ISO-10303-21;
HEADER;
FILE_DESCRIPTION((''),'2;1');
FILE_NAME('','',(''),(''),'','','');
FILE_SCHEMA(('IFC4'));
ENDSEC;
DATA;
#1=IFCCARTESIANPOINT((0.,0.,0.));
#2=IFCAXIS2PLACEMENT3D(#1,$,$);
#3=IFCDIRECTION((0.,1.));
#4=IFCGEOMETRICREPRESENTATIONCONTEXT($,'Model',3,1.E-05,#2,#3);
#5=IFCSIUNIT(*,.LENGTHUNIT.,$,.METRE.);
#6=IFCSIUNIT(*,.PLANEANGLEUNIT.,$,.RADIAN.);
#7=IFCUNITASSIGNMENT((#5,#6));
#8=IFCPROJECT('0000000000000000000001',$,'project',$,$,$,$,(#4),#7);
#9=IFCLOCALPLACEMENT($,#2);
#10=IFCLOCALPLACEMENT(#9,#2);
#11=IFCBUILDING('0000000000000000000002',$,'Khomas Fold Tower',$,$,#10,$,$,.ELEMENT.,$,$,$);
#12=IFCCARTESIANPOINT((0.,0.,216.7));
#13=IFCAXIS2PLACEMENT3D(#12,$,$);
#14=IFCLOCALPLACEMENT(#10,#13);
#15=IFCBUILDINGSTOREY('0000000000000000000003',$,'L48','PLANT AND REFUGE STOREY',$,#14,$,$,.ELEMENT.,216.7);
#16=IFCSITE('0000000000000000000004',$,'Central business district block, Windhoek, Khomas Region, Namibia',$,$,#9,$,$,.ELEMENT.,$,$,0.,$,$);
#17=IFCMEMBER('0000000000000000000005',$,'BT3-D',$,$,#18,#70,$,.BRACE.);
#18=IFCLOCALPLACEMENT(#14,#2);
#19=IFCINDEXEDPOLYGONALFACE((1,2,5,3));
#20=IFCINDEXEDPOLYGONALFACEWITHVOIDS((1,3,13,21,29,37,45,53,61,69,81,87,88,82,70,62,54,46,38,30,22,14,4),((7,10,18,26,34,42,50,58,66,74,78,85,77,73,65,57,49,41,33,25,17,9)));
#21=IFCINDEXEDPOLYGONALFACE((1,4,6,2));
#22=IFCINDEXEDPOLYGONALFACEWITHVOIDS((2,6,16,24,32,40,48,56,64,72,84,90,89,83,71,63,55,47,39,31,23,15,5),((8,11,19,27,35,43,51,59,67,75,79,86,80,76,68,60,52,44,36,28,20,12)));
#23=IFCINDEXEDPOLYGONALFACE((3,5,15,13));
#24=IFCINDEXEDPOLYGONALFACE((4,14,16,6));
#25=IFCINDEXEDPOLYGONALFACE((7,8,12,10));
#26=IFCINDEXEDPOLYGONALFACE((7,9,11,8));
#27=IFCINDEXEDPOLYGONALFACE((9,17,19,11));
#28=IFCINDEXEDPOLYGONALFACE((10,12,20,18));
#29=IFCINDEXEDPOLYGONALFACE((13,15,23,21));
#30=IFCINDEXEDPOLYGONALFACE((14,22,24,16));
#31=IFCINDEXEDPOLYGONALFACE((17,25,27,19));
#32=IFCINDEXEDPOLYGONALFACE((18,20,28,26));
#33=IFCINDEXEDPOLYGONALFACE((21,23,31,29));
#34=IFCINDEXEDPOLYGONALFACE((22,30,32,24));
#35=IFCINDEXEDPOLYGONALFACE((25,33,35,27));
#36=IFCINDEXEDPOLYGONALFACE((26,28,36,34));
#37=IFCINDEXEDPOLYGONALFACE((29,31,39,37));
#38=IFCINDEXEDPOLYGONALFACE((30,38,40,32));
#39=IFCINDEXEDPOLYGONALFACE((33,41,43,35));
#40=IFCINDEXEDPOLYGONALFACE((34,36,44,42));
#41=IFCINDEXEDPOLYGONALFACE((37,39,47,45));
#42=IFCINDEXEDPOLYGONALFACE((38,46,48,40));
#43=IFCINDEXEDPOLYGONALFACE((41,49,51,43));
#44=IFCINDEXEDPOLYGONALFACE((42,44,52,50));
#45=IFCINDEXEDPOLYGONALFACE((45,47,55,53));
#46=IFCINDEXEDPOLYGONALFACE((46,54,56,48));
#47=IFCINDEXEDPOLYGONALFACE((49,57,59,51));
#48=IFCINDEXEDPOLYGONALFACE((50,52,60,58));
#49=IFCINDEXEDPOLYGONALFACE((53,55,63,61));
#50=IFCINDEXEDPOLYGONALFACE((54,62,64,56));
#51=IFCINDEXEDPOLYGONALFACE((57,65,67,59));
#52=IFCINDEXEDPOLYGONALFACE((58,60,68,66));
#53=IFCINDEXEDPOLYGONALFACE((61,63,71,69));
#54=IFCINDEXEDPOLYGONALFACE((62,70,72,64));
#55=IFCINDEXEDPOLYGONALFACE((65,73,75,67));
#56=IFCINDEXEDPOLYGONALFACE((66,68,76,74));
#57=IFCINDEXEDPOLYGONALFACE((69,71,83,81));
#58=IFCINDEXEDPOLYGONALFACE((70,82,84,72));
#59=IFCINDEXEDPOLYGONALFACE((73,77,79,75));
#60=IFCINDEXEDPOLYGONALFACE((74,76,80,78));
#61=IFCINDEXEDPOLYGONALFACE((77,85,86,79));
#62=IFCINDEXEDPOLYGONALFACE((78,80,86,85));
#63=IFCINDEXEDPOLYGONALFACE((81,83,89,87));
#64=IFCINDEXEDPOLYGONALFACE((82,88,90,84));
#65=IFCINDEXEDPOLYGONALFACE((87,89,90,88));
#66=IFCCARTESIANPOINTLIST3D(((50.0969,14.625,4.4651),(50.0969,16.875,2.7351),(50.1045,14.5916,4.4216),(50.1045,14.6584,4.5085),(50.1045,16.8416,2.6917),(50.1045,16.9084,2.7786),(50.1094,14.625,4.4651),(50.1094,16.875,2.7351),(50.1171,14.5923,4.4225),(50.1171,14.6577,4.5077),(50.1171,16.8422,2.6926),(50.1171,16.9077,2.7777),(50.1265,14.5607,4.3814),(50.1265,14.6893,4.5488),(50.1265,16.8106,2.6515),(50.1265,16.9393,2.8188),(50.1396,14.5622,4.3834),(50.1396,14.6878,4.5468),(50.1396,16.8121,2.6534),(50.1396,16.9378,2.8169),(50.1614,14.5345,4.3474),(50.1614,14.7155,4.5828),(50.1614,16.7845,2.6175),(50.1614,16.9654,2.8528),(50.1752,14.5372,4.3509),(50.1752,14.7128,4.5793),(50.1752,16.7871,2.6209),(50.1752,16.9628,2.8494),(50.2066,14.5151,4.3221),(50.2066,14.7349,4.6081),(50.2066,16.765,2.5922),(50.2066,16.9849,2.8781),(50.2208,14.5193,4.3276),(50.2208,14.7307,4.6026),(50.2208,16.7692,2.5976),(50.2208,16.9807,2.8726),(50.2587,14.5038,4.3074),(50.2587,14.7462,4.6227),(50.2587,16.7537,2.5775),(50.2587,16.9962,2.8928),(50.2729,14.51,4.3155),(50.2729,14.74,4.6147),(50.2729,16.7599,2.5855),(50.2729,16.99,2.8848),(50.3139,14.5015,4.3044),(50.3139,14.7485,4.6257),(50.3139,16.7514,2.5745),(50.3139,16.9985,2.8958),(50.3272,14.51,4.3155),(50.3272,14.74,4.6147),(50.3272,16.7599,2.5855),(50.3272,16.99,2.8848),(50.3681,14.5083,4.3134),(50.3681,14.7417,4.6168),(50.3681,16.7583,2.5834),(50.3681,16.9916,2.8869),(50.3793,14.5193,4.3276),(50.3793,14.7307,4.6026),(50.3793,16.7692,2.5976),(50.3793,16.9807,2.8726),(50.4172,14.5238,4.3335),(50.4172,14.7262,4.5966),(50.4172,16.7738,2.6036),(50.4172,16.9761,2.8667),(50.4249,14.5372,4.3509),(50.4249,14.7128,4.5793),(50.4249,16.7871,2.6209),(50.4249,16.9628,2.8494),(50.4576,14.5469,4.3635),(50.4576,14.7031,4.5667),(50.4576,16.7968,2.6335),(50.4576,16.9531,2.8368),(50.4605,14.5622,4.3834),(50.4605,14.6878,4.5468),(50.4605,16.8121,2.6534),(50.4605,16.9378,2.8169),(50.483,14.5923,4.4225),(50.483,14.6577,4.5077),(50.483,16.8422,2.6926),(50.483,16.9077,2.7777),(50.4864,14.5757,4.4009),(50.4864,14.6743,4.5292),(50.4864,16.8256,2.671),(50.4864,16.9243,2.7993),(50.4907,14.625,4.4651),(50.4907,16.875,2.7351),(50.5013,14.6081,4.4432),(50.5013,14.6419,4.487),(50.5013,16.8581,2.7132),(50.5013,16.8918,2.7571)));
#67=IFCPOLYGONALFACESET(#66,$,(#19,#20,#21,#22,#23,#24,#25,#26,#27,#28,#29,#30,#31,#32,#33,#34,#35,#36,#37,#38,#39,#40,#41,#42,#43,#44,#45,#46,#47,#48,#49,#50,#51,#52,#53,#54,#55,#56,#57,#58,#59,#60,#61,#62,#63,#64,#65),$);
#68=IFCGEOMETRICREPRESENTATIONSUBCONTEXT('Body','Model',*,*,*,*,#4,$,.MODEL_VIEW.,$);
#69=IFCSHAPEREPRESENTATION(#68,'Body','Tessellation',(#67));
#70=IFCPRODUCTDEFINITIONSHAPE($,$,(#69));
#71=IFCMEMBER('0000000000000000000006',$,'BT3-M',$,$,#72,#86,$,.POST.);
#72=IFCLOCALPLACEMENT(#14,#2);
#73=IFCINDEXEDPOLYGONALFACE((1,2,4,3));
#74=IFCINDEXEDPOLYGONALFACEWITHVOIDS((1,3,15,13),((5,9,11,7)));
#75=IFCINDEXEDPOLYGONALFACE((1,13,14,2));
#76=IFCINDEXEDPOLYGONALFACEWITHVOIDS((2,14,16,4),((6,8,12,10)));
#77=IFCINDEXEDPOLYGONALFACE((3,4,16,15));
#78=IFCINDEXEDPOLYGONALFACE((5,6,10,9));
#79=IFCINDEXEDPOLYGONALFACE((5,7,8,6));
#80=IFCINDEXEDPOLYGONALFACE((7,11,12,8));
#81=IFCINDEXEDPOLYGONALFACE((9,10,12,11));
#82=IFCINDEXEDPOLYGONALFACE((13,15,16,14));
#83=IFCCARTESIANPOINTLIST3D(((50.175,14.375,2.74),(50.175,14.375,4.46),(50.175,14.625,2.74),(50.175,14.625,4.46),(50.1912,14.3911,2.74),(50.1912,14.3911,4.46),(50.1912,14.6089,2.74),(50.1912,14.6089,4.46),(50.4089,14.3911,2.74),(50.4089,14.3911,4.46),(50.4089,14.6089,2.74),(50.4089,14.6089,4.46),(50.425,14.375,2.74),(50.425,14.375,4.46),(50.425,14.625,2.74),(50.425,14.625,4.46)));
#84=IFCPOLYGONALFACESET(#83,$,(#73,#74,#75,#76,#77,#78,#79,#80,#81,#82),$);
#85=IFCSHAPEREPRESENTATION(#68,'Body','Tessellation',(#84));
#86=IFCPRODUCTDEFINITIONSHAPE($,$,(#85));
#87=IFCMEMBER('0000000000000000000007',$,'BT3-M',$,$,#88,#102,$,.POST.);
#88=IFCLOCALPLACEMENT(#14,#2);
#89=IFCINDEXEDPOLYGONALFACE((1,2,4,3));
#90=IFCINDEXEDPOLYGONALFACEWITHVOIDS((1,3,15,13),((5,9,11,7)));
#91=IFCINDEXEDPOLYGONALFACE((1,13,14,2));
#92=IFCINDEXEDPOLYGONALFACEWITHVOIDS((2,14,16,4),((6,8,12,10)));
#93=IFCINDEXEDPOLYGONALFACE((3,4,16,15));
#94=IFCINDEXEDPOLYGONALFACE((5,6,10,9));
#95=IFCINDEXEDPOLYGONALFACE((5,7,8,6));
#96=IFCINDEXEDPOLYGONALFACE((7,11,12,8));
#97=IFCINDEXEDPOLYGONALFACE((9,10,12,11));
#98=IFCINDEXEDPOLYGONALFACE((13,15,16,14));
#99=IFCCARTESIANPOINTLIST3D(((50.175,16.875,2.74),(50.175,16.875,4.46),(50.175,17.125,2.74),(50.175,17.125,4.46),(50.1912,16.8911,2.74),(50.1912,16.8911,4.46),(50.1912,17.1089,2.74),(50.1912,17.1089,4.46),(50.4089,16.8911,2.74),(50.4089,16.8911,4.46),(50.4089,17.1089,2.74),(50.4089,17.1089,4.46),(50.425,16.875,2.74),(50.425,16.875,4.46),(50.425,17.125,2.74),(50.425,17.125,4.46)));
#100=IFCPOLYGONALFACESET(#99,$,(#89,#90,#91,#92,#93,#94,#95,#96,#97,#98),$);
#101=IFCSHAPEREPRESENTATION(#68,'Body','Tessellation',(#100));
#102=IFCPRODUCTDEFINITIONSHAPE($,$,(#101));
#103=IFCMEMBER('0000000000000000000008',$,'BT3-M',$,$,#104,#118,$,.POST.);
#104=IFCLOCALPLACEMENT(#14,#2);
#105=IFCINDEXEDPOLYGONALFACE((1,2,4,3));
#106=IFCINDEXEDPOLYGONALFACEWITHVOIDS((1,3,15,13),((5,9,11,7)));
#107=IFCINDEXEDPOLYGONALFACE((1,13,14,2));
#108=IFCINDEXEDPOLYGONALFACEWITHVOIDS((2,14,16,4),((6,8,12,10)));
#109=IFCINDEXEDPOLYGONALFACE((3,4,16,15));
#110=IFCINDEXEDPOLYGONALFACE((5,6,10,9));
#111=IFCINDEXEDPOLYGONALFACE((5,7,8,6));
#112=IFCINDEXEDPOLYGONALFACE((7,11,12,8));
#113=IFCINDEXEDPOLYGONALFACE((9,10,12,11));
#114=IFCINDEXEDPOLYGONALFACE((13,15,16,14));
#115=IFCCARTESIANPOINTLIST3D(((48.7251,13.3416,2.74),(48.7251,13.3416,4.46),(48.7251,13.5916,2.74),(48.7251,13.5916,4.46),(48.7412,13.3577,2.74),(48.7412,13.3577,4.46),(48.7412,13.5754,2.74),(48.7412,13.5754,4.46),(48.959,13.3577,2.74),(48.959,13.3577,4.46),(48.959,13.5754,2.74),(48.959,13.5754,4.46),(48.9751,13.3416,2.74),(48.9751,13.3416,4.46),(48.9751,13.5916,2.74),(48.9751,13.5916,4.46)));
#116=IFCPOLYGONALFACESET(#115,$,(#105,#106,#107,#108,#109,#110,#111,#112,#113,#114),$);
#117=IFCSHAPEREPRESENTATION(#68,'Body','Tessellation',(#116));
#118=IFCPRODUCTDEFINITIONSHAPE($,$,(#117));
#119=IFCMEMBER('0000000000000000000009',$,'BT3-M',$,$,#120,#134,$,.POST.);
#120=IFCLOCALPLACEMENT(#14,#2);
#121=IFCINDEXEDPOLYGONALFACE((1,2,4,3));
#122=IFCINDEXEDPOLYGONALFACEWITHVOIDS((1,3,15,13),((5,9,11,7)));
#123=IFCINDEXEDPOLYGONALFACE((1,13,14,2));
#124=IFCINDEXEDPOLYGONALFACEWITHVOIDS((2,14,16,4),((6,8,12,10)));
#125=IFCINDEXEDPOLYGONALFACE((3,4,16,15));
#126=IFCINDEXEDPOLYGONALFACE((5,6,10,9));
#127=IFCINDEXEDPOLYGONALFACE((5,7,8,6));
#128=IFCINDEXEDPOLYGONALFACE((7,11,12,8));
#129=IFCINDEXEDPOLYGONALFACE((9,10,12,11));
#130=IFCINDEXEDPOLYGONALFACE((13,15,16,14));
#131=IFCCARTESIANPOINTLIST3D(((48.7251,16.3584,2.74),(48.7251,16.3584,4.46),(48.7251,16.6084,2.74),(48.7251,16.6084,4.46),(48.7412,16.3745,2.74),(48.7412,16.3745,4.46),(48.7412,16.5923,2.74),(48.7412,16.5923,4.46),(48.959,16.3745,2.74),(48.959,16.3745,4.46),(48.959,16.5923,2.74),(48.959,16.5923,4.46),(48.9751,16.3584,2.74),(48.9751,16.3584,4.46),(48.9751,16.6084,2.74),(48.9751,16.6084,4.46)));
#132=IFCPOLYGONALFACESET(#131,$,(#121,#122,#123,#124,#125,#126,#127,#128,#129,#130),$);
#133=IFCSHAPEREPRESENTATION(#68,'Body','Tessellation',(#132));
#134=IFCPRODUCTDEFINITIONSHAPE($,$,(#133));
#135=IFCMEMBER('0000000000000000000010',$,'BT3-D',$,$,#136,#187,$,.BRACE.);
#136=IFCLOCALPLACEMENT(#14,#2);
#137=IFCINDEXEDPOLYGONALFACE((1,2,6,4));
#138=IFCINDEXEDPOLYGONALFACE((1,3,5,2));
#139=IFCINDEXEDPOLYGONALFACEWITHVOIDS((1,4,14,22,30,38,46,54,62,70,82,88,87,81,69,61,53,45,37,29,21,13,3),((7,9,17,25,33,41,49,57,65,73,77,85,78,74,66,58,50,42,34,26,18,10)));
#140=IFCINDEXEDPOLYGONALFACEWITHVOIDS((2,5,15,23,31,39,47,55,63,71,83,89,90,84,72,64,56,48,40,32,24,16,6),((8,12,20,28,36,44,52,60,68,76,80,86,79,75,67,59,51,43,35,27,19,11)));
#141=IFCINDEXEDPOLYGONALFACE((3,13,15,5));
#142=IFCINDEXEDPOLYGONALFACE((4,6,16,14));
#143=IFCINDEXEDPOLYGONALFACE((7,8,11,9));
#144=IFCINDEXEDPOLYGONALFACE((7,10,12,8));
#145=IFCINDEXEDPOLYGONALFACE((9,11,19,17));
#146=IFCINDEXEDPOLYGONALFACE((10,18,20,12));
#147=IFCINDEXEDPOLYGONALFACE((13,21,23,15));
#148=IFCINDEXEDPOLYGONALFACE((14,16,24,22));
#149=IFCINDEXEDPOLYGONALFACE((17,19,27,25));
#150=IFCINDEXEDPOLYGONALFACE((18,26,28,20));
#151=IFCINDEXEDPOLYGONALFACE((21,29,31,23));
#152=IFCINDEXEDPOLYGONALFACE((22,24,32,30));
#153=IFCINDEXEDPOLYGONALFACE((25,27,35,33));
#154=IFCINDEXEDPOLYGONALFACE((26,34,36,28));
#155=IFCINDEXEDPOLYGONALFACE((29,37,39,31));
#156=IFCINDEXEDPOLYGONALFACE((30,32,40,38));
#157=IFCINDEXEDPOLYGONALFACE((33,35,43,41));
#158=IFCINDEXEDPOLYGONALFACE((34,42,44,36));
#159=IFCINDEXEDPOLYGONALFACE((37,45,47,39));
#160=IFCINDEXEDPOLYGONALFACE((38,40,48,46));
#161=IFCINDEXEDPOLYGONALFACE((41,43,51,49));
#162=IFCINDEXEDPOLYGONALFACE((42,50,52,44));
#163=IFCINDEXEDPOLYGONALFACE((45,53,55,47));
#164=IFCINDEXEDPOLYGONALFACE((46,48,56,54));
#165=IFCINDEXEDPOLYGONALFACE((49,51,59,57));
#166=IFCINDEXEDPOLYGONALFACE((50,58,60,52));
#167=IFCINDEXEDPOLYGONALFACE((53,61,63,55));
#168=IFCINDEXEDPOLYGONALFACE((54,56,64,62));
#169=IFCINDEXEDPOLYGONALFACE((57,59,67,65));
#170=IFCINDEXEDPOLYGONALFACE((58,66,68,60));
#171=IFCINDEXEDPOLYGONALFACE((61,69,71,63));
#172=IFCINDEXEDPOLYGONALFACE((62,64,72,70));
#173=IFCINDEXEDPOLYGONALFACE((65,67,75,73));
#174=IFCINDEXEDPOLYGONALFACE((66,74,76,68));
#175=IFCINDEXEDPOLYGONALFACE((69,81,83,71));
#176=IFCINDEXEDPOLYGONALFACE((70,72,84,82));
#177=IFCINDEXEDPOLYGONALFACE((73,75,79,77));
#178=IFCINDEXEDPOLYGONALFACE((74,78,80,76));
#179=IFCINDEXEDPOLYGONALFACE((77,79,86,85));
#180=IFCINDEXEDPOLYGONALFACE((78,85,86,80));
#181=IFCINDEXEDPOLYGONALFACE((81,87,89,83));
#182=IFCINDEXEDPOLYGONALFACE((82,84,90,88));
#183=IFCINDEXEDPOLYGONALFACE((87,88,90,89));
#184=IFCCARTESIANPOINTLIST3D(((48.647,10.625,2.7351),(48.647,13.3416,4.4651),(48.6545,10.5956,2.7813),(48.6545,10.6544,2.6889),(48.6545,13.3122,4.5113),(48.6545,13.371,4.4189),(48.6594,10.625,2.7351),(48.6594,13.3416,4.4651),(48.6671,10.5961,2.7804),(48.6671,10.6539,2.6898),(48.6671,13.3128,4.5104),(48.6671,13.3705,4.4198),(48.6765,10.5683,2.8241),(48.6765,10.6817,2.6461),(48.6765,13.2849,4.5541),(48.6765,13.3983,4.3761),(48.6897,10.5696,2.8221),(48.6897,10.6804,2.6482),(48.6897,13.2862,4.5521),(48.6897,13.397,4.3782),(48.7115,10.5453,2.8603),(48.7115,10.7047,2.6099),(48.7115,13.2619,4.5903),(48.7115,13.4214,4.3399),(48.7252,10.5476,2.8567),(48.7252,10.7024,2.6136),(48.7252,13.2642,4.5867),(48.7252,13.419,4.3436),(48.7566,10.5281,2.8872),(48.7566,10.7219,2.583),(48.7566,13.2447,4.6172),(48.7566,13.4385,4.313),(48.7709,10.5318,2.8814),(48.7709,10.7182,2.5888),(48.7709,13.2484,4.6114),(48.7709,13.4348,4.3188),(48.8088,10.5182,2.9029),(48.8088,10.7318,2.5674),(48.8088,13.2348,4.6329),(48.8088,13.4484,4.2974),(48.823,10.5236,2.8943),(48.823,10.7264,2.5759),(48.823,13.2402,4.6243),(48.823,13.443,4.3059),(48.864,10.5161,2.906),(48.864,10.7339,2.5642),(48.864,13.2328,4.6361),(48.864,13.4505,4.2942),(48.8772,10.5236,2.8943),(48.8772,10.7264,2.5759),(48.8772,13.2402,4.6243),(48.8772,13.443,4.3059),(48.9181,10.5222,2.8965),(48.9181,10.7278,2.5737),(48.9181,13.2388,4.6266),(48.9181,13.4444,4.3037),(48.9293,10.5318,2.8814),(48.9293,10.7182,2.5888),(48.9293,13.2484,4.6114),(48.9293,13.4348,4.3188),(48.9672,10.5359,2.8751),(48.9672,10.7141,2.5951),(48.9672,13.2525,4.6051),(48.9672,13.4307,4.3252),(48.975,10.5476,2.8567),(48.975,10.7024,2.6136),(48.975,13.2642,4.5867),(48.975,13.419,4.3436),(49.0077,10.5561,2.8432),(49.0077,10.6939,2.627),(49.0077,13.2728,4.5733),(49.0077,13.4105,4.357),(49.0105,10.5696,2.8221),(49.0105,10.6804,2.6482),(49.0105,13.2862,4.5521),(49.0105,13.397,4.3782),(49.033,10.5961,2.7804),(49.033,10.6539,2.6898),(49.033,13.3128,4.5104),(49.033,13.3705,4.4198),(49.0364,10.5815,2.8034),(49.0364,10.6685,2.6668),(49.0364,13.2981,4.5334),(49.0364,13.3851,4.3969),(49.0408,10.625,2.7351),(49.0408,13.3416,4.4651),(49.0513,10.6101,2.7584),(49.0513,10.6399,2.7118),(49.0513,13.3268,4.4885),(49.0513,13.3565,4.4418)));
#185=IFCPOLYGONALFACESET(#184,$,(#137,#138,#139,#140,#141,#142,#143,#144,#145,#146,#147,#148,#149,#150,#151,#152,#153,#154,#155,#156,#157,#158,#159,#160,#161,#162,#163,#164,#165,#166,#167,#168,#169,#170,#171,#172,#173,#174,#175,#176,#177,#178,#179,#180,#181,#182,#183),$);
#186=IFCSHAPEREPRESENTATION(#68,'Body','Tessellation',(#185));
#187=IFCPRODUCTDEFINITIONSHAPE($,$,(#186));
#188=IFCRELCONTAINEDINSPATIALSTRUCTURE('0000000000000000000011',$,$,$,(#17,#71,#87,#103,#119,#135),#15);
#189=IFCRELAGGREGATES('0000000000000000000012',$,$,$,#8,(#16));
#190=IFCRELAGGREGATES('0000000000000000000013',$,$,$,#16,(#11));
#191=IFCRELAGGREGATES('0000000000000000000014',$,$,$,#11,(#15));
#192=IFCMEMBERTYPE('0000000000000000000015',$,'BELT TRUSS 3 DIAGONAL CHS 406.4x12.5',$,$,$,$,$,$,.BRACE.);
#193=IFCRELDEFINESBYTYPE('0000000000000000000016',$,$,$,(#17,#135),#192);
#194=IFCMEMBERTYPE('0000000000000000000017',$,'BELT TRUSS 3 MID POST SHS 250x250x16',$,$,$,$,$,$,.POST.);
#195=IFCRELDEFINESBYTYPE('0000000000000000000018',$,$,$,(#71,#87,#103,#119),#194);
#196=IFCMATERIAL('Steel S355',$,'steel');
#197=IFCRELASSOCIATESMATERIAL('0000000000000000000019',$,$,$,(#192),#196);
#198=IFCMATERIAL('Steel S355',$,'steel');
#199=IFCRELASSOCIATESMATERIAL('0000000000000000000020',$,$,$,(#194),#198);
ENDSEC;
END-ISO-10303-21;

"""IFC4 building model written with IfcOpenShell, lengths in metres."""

from ifc_helpers import new_model, si_unit, direction, frame, origin, origin_2d, place, context, subcontext, project, spatial, hollow_rectangle, hollow_circle, extrude, source, transform, mapped, material, material_profile, profile_set, type_object, element, save


model = new_model("IFC4")

# Units and contexts
model_context = context("Model", 3, precision=1e-05, world=origin(), true_north=direction((0.0, 1.0)))
body_context = subcontext(model_context, "Body", "Model", "MODEL_VIEW")
ifc_project = project(units=[si_unit("LENGTHUNIT", "METRE"), si_unit("PLANEANGLEUNIT", "RADIAN")], contexts=[model_context])

# Site, building, storey
site_placement = place(None, origin())
site = spatial("IfcSite", under=ifc_project, at=site_placement, Name="Central business district block, Windhoek, Khomas Region, Namibia", CompositionType="ELEMENT", RefElevation=0.0)
building_placement = place(site_placement, origin())
building = spatial("IfcBuilding", under=site, at=building_placement, Name="Khomas Fold Tower", CompositionType="ELEMENT")
storey_placement = place(building_placement, frame((0.0, 0.0, 216.7)))
storey = spatial("IfcBuildingStorey", under=building, at=storey_placement, Name="L48", Description="PLANT AND REFUGE STOREY", CompositionType="ELEMENT", Elevation=216.7)

# Members
ifc_material_1 = material(Name="Steel S355", Category="steel")
ifc_material_profile_1 = material_profile(ifc_material_1, hollow_circle(Radius=0.2031, WallThickness=0.0125, at=origin_2d()), Name="CHS 406.4x12.5")
ifc_profile_set_1 = profile_set([ifc_material_profile_1], Name="Steel S355")
member_type_1 = type_object("IfcMemberType", Name="BELT TRUSS 3 DIAGONAL CHS 406.4x12.5", PredefinedType="BRACE", material=ifc_profile_set_1)
shared_shape_1 = source(origin(), body_context, "Body", "SweptSolid", [
    extrude(hollow_circle(Radius=0.2031, WallThickness=0.0125, at=origin_2d()), origin(), (0.0, 0.0, 1.0), 2.8381),
])
member_1_placement = place(storey_placement, frame((50.3, 14.625, 4.4651), z_axis=(0.0, 0.792758, -0.609536), x_axis=(-1.0, 0.0, 0.0)))
element("IfcMember", 1, at=member_1_placement, inside=storey, type_object=member_type_1, Name="BT3-D", PredefinedType="BRACE", context=body_context, shape_type="MappedRepresentation", body=[
    mapped(shared_shape_1, transform((0.0, 0.0, 0.0))),
])
ifc_material_2 = material(Name="Steel S355", Category="steel")
ifc_material_profile_2 = material_profile(ifc_material_2, hollow_rectangle(XDim=0.25, YDim=0.25, WallThickness=0.0161, at=origin_2d()), Name="SHS 250x250x16")
ifc_profile_set_2 = profile_set([ifc_material_profile_2], Name="Steel S355")
member_type_2 = type_object("IfcMemberType", Name="BELT TRUSS 3 MID POST SHS 250x250x16", PredefinedType="POST", material=ifc_profile_set_2)
shared_shape_2 = source(origin(), body_context, "Body", "SweptSolid", [
    extrude(hollow_rectangle(XDim=0.25, YDim=0.25, WallThickness=0.0161, at=origin_2d()), origin(), (0.0, 0.0, 1.0), 1.72),
])
for number, where, z_axis, x_axis, name in (
    (2, (50.3, 14.5, 2.74), (0.0, 0.0, 1.0), (1.0, 0.0, 0.0), "BT3-M"),
    (3, (50.3, 17.0, 2.74), (0.0, 0.0, 1.0), (1.0, 0.0, 0.0), "BT3-M"),
    (4, (48.8501, 13.4666, 2.74), (0.0, 0.0, 1.0), (1.0, 0.0, 0.0), "BT3-M"),
    (5, (48.8501, 16.4834, 2.74), (0.0, 0.0, 1.0), (1.0, 0.0, 0.0), "BT3-M"),
):
    element("IfcMember", number, at=place(storey_placement, frame(where, z_axis=z_axis, x_axis=x_axis)), inside=storey, type_object=member_type_2, Name=name, PredefinedType="POST", context=body_context, shape_type="MappedRepresentation", body=[
        mapped(shared_shape_2, transform((0.0, 0.0, 0.0))),
    ])
shared_shape_3 = source(origin(), body_context, "Body", "SweptSolid", [
    extrude(hollow_circle(Radius=0.2031, WallThickness=0.0125, at=origin_2d()), origin(), (0.0, 0.0, 1.0), 3.2207),
])
for number, where, z_axis, x_axis, name in (
    (6, (48.8501, 10.625, 2.7351), (0.0, 0.843484, 0.537155), (-1.0, 0.0, 0.0), "BT3-D"),
):
    element("IfcMember", number, at=place(storey_placement, frame(where, z_axis=z_axis, x_axis=x_axis)), inside=storey, type_object=member_type_1, Name=name, PredefinedType="BRACE", context=body_context, shape_type="MappedRepresentation", body=[
        mapped(shared_shape_3, transform((0.0, 0.0, 0.0))),
    ])

save(model, "model.ifc")
